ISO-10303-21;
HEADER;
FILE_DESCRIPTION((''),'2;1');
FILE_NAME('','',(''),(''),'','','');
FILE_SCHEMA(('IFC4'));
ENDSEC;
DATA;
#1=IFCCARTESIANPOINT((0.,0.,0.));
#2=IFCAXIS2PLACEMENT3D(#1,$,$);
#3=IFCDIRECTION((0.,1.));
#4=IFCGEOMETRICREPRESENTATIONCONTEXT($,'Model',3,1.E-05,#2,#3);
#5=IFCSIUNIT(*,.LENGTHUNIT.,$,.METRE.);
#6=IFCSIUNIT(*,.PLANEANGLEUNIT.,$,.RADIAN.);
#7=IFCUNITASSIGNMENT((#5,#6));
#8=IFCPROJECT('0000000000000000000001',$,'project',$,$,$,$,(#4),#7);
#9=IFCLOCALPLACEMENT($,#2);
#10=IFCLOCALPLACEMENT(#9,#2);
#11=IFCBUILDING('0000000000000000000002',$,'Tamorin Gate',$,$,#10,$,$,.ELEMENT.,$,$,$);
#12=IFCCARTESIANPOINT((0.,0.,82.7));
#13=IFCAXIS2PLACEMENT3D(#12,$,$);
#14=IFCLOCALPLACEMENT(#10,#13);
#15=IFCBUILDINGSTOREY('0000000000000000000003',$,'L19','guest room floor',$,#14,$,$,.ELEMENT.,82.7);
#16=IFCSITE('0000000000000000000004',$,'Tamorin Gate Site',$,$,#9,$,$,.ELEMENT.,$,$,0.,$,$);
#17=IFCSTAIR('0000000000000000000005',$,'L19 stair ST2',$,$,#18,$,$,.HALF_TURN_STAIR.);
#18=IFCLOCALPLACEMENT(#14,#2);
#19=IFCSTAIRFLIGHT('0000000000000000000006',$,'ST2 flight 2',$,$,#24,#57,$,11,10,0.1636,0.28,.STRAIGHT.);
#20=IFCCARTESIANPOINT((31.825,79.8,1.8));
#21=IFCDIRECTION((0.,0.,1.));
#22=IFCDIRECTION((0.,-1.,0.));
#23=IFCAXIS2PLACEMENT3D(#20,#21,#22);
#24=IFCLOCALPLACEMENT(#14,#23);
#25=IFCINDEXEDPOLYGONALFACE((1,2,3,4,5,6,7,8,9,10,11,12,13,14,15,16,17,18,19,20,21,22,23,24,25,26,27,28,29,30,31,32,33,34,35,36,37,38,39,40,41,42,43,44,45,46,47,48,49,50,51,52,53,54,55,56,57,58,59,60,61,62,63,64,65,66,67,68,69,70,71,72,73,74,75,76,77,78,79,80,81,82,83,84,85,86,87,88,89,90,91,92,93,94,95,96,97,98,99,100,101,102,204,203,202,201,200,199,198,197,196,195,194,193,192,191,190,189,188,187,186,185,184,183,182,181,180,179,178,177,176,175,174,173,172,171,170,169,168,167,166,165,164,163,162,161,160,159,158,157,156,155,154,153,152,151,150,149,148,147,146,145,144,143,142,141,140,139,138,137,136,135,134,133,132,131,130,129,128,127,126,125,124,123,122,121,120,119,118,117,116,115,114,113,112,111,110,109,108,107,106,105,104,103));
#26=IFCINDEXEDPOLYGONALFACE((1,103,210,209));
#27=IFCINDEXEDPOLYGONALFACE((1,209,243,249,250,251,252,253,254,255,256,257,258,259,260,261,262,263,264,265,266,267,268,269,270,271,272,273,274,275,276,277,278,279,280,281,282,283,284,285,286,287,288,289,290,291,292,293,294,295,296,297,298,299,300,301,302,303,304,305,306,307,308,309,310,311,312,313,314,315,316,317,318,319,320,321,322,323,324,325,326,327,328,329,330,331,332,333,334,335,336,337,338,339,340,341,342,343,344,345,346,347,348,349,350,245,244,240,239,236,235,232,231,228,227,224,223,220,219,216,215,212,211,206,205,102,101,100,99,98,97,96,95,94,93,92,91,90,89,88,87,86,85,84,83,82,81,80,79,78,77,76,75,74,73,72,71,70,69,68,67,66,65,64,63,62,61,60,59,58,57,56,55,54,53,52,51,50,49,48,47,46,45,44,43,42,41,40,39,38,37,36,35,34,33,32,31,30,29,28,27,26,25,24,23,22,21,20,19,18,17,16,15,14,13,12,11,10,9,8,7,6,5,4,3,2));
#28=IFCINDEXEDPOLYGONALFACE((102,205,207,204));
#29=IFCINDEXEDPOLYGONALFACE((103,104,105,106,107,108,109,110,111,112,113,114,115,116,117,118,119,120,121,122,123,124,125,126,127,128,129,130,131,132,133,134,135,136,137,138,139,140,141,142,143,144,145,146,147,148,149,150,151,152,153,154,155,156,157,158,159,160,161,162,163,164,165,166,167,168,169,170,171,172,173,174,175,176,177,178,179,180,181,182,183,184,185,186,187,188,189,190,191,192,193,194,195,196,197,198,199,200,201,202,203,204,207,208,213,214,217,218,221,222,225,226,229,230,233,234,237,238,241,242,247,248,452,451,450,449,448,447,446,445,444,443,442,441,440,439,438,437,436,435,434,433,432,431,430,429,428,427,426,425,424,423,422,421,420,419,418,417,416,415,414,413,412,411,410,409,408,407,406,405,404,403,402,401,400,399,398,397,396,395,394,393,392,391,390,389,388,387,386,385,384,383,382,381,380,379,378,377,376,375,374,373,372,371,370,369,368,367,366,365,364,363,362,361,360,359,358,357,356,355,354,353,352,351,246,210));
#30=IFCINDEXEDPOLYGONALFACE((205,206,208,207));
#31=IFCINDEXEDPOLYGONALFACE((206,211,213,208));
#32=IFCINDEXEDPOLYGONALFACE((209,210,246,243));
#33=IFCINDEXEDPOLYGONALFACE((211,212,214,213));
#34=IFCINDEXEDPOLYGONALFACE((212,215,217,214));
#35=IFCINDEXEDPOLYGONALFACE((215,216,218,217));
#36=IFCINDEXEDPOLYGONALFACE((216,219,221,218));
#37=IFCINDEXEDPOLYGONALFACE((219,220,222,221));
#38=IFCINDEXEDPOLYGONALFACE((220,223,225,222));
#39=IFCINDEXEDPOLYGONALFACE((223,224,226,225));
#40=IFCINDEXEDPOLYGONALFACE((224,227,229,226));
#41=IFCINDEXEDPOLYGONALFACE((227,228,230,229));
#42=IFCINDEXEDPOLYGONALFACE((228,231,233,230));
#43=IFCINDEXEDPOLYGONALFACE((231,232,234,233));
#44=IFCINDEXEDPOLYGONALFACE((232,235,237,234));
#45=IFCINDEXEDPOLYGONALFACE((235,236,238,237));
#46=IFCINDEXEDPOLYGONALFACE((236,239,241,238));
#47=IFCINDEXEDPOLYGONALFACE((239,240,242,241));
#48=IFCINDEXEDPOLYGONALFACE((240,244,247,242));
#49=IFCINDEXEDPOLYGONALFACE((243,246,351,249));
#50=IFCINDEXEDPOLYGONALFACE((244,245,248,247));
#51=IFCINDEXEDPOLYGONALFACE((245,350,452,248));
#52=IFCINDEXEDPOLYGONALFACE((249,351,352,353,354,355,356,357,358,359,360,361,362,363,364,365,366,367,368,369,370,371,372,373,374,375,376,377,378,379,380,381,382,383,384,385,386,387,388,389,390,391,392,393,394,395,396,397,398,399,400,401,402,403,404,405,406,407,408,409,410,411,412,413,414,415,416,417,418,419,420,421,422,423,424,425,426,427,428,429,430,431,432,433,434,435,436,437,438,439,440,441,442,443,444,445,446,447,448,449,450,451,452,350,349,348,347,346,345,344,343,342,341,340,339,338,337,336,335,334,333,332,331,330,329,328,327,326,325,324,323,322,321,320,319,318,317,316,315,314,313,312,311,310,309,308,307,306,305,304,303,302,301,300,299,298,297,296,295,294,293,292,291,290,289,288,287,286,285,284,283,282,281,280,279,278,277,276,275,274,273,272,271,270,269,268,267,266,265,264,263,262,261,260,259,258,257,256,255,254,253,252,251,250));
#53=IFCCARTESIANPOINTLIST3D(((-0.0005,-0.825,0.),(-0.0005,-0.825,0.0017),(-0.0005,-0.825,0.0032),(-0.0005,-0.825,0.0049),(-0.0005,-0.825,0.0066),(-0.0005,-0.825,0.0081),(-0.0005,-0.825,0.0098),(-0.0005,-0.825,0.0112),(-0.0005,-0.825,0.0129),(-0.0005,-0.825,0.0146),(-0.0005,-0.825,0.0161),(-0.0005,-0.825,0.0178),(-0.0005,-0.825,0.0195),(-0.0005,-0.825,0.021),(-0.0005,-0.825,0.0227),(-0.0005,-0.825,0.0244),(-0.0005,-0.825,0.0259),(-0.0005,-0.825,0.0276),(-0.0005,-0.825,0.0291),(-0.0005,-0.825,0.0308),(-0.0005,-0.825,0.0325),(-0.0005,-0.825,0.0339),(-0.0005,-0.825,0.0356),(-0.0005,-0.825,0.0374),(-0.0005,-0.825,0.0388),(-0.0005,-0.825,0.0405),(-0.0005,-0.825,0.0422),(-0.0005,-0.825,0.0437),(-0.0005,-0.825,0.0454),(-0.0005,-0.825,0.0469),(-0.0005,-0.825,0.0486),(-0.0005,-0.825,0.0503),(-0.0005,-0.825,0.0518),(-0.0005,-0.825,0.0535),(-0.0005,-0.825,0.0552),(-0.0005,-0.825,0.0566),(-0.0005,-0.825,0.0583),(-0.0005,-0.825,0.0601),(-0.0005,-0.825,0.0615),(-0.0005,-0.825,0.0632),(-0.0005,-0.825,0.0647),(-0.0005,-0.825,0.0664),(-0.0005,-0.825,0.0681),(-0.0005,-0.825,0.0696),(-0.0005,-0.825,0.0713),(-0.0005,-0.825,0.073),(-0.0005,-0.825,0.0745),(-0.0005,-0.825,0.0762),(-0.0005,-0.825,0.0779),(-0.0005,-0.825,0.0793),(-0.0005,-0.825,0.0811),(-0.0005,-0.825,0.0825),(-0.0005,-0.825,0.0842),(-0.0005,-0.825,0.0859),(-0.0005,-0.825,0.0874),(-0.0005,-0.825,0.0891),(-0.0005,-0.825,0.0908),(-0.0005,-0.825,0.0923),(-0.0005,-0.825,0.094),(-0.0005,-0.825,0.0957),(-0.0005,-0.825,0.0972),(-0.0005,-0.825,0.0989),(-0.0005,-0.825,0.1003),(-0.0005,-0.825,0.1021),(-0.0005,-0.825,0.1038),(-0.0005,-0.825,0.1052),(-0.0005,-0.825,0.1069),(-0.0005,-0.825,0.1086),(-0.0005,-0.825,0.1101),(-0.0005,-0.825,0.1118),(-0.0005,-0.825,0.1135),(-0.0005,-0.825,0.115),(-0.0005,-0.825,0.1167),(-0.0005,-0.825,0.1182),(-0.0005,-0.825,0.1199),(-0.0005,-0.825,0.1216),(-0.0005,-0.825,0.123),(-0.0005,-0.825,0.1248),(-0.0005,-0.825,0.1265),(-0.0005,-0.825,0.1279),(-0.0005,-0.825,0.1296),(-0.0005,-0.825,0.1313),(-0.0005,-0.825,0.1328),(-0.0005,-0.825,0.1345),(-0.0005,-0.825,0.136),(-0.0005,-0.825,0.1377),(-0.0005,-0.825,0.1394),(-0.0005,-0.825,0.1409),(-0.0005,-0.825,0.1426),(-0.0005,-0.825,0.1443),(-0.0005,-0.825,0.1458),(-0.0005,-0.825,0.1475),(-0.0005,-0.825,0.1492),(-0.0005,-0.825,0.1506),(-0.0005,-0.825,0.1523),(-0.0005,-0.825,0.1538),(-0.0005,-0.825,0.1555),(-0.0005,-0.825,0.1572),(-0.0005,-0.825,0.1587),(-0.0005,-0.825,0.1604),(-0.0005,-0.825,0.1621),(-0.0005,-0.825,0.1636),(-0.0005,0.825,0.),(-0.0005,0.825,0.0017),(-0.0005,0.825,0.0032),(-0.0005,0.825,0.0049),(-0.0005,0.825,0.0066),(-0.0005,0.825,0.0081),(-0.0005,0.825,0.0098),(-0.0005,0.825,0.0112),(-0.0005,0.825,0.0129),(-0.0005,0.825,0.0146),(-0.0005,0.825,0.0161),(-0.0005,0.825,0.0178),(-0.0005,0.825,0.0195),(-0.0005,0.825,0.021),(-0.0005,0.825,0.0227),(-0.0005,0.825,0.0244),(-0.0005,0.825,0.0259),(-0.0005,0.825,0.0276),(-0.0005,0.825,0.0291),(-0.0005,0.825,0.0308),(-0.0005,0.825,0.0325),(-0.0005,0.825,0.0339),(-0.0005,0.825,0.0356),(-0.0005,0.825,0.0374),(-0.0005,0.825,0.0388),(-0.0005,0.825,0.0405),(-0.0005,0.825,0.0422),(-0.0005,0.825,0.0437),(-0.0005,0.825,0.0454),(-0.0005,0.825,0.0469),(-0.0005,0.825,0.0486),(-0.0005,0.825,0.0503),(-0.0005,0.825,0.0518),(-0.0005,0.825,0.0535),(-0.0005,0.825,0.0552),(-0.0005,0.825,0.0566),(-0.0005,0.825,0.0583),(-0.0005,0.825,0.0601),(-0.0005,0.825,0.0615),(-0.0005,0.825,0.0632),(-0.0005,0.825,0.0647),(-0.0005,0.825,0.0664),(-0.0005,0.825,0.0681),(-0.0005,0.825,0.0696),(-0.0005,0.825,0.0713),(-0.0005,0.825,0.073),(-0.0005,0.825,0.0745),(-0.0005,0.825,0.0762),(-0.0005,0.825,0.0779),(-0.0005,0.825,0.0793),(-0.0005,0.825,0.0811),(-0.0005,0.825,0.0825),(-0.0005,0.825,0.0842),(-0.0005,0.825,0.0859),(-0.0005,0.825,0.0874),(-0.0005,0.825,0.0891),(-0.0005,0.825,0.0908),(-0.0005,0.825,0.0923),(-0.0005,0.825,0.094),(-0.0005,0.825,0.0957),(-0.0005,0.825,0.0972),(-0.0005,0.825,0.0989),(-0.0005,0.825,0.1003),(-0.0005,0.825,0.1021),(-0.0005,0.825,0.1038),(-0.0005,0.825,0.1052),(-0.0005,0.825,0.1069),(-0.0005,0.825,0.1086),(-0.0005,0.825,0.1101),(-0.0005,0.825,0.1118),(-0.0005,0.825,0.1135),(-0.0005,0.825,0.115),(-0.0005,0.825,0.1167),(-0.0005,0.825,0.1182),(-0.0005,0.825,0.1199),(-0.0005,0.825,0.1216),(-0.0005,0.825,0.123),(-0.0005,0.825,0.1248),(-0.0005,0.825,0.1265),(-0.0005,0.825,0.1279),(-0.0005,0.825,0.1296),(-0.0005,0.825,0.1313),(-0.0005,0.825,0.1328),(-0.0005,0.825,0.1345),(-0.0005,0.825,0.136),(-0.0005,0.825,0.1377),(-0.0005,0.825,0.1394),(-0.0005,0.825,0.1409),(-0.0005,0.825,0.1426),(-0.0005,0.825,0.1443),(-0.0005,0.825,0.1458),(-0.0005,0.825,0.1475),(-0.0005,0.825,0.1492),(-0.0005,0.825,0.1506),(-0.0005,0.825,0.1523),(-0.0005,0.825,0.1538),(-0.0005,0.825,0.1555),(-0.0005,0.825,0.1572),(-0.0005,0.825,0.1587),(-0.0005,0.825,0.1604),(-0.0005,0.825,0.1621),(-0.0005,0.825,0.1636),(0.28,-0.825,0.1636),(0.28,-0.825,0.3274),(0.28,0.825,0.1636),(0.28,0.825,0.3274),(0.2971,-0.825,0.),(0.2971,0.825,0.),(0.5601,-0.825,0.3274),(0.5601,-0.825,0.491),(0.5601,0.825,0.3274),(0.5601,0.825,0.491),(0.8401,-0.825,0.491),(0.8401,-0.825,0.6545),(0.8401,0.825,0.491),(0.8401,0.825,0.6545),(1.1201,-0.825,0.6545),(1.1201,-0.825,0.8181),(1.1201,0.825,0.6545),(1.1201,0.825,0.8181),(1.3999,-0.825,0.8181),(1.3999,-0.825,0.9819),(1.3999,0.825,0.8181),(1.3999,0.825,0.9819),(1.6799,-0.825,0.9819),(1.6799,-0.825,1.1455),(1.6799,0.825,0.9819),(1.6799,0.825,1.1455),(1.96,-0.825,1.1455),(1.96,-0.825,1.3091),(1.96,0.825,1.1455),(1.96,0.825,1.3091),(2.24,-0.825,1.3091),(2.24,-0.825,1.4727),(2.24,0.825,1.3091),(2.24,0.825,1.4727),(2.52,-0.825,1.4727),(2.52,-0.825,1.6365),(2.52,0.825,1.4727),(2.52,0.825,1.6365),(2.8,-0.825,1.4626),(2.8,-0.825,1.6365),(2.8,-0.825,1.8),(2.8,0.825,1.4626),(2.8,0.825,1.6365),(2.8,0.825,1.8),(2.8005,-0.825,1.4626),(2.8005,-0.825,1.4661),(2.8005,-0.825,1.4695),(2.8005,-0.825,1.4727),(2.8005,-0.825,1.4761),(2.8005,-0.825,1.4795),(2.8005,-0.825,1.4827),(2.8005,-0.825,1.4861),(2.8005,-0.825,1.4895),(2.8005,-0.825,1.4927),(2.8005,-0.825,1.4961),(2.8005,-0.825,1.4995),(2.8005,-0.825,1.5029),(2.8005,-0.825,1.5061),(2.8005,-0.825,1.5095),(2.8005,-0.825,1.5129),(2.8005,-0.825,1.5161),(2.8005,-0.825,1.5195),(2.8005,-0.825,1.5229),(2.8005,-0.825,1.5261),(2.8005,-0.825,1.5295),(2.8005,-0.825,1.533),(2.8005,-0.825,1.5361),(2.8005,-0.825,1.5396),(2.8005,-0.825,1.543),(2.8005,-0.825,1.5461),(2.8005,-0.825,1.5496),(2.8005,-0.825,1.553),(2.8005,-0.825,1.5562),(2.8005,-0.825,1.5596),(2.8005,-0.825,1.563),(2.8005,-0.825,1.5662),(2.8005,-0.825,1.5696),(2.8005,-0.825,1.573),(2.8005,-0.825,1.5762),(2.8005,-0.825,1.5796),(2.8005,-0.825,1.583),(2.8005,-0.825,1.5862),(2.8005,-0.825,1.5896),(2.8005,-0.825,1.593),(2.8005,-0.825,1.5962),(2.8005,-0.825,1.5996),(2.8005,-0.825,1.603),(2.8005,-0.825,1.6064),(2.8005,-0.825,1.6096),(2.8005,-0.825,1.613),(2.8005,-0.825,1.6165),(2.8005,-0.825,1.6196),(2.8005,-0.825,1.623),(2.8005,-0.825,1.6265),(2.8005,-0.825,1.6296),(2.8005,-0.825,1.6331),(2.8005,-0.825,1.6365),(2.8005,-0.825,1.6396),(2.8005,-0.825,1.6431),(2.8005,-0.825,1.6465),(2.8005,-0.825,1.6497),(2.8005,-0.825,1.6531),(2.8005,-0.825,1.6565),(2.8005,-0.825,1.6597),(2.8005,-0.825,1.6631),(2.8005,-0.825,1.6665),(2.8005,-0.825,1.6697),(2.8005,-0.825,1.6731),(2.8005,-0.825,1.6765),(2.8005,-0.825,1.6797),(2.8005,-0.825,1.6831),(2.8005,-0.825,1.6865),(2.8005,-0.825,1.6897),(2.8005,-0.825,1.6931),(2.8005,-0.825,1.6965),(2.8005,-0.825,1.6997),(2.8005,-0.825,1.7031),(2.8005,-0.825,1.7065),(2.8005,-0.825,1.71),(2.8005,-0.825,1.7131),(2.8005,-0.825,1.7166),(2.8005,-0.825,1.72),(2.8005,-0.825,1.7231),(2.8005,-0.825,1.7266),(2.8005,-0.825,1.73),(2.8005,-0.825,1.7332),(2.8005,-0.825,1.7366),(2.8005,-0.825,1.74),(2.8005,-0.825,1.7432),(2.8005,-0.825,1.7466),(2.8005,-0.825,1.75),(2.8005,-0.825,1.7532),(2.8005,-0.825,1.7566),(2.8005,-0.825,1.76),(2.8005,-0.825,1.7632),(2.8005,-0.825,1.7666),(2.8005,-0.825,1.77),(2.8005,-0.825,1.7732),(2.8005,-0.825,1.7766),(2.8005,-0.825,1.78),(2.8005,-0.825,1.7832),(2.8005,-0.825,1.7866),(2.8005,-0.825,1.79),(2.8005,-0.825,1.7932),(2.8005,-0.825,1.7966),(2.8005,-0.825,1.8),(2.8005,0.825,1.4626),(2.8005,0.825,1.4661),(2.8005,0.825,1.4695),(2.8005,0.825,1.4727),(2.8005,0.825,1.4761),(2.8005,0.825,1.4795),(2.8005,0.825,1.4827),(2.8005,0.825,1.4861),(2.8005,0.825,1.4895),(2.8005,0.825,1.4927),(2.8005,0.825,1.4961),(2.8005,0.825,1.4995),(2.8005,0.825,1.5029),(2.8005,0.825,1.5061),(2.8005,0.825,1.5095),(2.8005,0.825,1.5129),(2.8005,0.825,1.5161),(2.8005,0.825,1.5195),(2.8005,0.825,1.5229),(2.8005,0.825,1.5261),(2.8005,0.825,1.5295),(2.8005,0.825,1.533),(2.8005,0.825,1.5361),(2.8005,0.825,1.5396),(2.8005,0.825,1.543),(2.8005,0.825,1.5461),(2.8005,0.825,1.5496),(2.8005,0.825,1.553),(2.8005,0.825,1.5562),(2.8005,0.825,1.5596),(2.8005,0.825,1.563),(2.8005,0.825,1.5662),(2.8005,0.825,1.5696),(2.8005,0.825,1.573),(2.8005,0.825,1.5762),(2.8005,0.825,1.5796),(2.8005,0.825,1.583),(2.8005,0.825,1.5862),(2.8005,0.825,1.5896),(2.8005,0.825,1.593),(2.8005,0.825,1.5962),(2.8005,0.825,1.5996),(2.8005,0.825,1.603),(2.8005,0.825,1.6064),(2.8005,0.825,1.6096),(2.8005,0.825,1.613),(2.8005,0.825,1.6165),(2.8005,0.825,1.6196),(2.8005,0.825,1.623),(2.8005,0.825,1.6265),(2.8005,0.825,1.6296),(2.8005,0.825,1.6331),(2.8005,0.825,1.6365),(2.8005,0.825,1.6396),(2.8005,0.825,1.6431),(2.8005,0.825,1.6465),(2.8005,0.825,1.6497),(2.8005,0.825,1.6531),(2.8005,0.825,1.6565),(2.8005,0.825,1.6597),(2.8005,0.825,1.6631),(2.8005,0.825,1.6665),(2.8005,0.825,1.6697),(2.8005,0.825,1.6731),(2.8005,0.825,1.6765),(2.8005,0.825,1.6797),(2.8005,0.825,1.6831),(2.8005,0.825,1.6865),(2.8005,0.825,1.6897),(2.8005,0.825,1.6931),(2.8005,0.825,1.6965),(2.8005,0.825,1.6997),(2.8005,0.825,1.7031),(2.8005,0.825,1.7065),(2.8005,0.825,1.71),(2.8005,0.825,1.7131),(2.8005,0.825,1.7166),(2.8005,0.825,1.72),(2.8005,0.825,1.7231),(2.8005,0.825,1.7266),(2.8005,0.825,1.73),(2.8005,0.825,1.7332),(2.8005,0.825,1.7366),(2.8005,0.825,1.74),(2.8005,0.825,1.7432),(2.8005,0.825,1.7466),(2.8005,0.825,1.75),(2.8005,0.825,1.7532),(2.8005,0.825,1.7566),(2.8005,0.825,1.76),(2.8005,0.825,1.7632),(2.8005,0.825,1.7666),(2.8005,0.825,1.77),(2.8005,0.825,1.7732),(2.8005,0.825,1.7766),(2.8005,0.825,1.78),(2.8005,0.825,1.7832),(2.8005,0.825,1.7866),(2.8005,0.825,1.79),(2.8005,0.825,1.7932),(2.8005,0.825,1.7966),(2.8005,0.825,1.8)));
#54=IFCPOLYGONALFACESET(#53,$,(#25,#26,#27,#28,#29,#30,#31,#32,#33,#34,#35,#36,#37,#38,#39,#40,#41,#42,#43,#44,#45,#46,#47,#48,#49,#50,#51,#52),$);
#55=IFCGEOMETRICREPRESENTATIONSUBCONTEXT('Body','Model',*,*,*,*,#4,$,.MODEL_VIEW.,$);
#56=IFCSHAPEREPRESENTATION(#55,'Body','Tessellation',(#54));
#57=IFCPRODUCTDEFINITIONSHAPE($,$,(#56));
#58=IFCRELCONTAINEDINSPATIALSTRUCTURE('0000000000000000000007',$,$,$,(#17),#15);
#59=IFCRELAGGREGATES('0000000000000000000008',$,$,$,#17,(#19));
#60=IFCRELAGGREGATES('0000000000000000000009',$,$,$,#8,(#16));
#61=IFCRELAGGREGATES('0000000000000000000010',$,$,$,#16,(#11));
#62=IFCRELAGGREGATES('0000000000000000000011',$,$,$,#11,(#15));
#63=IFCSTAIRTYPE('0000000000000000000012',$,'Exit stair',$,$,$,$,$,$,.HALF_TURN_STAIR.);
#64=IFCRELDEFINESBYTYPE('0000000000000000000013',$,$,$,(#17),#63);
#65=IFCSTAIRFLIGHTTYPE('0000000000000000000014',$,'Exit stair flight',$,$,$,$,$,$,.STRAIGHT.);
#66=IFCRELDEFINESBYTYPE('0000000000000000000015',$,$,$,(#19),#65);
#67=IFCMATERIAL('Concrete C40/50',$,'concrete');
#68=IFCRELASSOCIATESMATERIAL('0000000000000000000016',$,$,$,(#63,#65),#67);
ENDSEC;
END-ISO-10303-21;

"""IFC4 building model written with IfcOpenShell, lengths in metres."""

from ifc_helpers import new_model, si_unit, direction, frame, origin, place, context, subcontext, project, spatial, polyline, outline, extrude, material, type_object, element, aggregate, save


model = new_model("IFC4")

# Units and contexts
model_context = context("Model", 3, precision=1e-05, world=origin(), true_north=direction((0.0, 1.0)))
body_context = subcontext(model_context, "Body", "Model", "MODEL_VIEW")
ifc_project = project(units=[si_unit("LENGTHUNIT", "METRE"), si_unit("PLANEANGLEUNIT", "RADIAN")], contexts=[model_context])

# Site, building, storey
site_placement = place(None, origin())
site = spatial("IfcSite", under=ifc_project, at=site_placement, Name="Tamorin Gate Site", CompositionType="ELEMENT", RefElevation=0.0)
building_placement = place(site_placement, origin())
building = spatial("IfcBuilding", under=site, at=building_placement, Name="Tamorin Gate", CompositionType="ELEMENT")
storey_placement = place(building_placement, frame((0.0, 0.0, 82.7)))
storey = spatial("IfcBuildingStorey", under=building, at=storey_placement, Name="L19", Description="guest room floor", CompositionType="ELEMENT", Elevation=82.7)

# Shared definitions
ifc_material_1 = material(Name="Concrete C40/50", Category="concrete")

# Stair, stair flight
stair_type = type_object("IfcStairType", Name="Exit stair", PredefinedType="HALF_TURN_STAIR", material=ifc_material_1)
stair_placement = place(storey_placement, origin())
stair = element("IfcStair", 1, at=stair_placement, inside=storey, type_object=stair_type, Name="L19 stair ST2", PredefinedType="HALF_TURN_STAIR")
stair_flight_type = type_object("IfcStairFlightType", Name="Exit stair flight", PredefinedType="STRAIGHT", material=ifc_material_1)
stair_flight_1_placement = place(storey_placement, frame((31.825, 79.8, 1.8), z_axis=(0.0, 0.0, 1.0), x_axis=(0.0, -1.0, 0.0)))
stair_flight_1 = element("IfcStairFlight", 2, at=stair_flight_1_placement, type_object=stair_flight_type, Name="ST2 flight 2", NumberOfRisers=11, NumberOfTreads=10, PredefinedType="STRAIGHT", RiserHeight=0.1636, TreadLength=0.28, context=body_context, shape_type="SweptSolid", body=[
    extrude(outline(polyline([(-0.0005, 0.0), (-0.0005, 0.0017), (-0.0005, 0.0032), (-0.0005, 0.0049), (-0.0005, 0.0066), (-0.0005, 0.0081), (-0.0005, 0.0098), (-0.0005, 0.0112), (-0.0005, 0.0129), (-0.0005, 0.0146), (-0.0005, 0.0161), (-0.0005, 0.0178), (-0.0005, 0.0195), (-0.0005, 0.021), (-0.0005, 0.0227), (-0.0005, 0.0244), (-0.0005, 0.0259), (-0.0005, 0.0276), (-0.0005, 0.0291), (-0.0005, 0.0308), (-0.0005, 0.0325), (-0.0005, 0.0339), (-0.0005, 0.0356), (-0.0005, 0.0374), (-0.0005, 0.0388), (-0.0005, 0.0405), (-0.0005, 0.0422), (-0.0005, 0.0437), (-0.0005, 0.0454), (-0.0005, 0.0469), (-0.0005, 0.0486), (-0.0005, 0.0503), (-0.0005, 0.0518), (-0.0005, 0.0535), (-0.0005, 0.0552), (-0.0005, 0.0566), (-0.0005, 0.0583), (-0.0005, 0.0601), (-0.0005, 0.0615), (-0.0005, 0.0632), (-0.0005, 0.0647), (-0.0005, 0.0664), (-0.0005, 0.0681), (-0.0005, 0.0696), (-0.0005, 0.0713), (-0.0005, 0.073), (-0.0005, 0.0745), (-0.0005, 0.0762), (-0.0005, 0.0779), (-0.0005, 0.0793), (-0.0005, 0.0811), (-0.0005, 0.0825), (-0.0005, 0.0842), (-0.0005, 0.0859), (-0.0005, 0.0874), (-0.0005, 0.0891), (-0.0005, 0.0908), (-0.0005, 0.0923), (-0.0005, 0.094), (-0.0005, 0.0957), (-0.0005, 0.0972), (-0.0005, 0.0989), (-0.0005, 0.1003), (-0.0005, 0.1021), (-0.0005, 0.1038), (-0.0005, 0.1052), (-0.0005, 0.1069), (-0.0005, 0.1086), (-0.0005, 0.1101), (-0.0005, 0.1118), (-0.0005, 0.1135), (-0.0005, 0.115), (-0.0005, 0.1167), (-0.0005, 0.1182), (-0.0005, 0.1199), (-0.0005, 0.1216), (-0.0005, 0.123), (-0.0005, 0.1248), (-0.0005, 0.1265), (-0.0005, 0.1279), (-0.0005, 0.1296), (-0.0005, 0.1313), (-0.0005, 0.1328), (-0.0005, 0.1345), (-0.0005, 0.136), (-0.0005, 0.1377), (-0.0005, 0.1394), (-0.0005, 0.1409), (-0.0005, 0.1426), (-0.0005, 0.1443), (-0.0005, 0.1458), (-0.0005, 0.1475), (-0.0005, 0.1492), (-0.0005, 0.1506), (-0.0005, 0.1523), (-0.0005, 0.1538), (-0.0005, 0.1555), (-0.0005, 0.1572), (-0.0005, 0.1587), (-0.0005, 0.1604), (-0.0005, 0.1621), (-0.0005, 0.1636), (0.28, 0.1636), (0.28, 0.3274), (0.5601, 0.3274), (0.5601, 0.491), (0.8401, 0.491), (0.8401, 0.6545), (1.1201, 0.6545), (1.1201, 0.8181), (1.3999, 0.8181), (1.3999, 0.9819), (1.6799, 0.9819), (1.6799, 1.1455), (1.96, 1.1455), (1.96, 1.3091), (2.24, 1.3091), (2.24, 1.4727), (2.52, 1.4727), (2.52, 1.6365), (2.8, 1.6365), (2.8, 1.8), (2.8005, 1.8), (2.8005, 1.7966), (2.8005, 1.7932), (2.8005, 1.79), (2.8005, 1.7866), (2.8005, 1.7832), (2.8005, 1.78), (2.8005, 1.7766), (2.8005, 1.7732), (2.8005, 1.77), (2.8005, 1.7666), (2.8005, 1.7632), (2.8005, 1.76), (2.8005, 1.7566), (2.8005, 1.7532), (2.8005, 1.75), (2.8005, 1.7466), (2.8005, 1.7432), (2.8005, 1.74), (2.8005, 1.7366), (2.8005, 1.7332), (2.8005, 1.73), (2.8005, 1.7266), (2.8005, 1.7231), (2.8005, 1.72), (2.8005, 1.7166), (2.8005, 1.7131), (2.8005, 1.71), (2.8005, 1.7065), (2.8005, 1.7031), (2.8005, 1.6997), (2.8005, 1.6965), (2.8005, 1.6931), (2.8005, 1.6897), (2.8005, 1.6865), (2.8005, 1.6831), (2.8005, 1.6797), (2.8005, 1.6765), (2.8005, 1.6731), (2.8005, 1.6697), (2.8005, 1.6665), (2.8005, 1.6631), (2.8005, 1.6597), (2.8005, 1.6565), (2.8005, 1.6531), (2.8005, 1.6497), (2.8005, 1.6465), (2.8005, 1.6431), (2.8005, 1.6396), (2.8005, 1.6365), (2.8005, 1.6331), (2.8005, 1.6296), (2.8005, 1.6265), (2.8005, 1.623), (2.8005, 1.6196), (2.8005, 1.6165), (2.8005, 1.613), (2.8005, 1.6096), (2.8005, 1.6064), (2.8005, 1.603), (2.8005, 1.5996), (2.8005, 1.5962), (2.8005, 1.593), (2.8005, 1.5896), (2.8005, 1.5862), (2.8005, 1.583), (2.8005, 1.5796), (2.8005, 1.5762), (2.8005, 1.573), (2.8005, 1.5696), (2.8005, 1.5662), (2.8005, 1.563), (2.8005, 1.5596), (2.8005, 1.5562), (2.8005, 1.553), (2.8005, 1.5496), (2.8005, 1.5461), (2.8005, 1.543), (2.8005, 1.5396), (2.8005, 1.5361), (2.8005, 1.533), (2.8005, 1.5295), (2.8005, 1.5261), (2.8005, 1.5229), (2.8005, 1.5195), (2.8005, 1.5161), (2.8005, 1.5129), (2.8005, 1.5095), (2.8005, 1.5061), (2.8005, 1.5029), (2.8005, 1.4995), (2.8005, 1.4961), (2.8005, 1.4927), (2.8005, 1.4895), (2.8005, 1.4861), (2.8005, 1.4827), (2.8005, 1.4795), (2.8005, 1.4761), (2.8005, 1.4727), (2.8005, 1.4695), (2.8005, 1.4661), (2.8005, 1.4626), (2.8, 1.4626), (0.2971, 0.0), (-0.0005, 0.0)])), frame((0.0, 0.825, 0.0), z_axis=(0.0, -1.0, 0.0), x_axis=(1.0, 0.0, 0.0)), (0.0, 0.0, 1.0), 1.6499),
])
aggregate(stair, [stair_flight_1])

save(model, "model.ifc")
